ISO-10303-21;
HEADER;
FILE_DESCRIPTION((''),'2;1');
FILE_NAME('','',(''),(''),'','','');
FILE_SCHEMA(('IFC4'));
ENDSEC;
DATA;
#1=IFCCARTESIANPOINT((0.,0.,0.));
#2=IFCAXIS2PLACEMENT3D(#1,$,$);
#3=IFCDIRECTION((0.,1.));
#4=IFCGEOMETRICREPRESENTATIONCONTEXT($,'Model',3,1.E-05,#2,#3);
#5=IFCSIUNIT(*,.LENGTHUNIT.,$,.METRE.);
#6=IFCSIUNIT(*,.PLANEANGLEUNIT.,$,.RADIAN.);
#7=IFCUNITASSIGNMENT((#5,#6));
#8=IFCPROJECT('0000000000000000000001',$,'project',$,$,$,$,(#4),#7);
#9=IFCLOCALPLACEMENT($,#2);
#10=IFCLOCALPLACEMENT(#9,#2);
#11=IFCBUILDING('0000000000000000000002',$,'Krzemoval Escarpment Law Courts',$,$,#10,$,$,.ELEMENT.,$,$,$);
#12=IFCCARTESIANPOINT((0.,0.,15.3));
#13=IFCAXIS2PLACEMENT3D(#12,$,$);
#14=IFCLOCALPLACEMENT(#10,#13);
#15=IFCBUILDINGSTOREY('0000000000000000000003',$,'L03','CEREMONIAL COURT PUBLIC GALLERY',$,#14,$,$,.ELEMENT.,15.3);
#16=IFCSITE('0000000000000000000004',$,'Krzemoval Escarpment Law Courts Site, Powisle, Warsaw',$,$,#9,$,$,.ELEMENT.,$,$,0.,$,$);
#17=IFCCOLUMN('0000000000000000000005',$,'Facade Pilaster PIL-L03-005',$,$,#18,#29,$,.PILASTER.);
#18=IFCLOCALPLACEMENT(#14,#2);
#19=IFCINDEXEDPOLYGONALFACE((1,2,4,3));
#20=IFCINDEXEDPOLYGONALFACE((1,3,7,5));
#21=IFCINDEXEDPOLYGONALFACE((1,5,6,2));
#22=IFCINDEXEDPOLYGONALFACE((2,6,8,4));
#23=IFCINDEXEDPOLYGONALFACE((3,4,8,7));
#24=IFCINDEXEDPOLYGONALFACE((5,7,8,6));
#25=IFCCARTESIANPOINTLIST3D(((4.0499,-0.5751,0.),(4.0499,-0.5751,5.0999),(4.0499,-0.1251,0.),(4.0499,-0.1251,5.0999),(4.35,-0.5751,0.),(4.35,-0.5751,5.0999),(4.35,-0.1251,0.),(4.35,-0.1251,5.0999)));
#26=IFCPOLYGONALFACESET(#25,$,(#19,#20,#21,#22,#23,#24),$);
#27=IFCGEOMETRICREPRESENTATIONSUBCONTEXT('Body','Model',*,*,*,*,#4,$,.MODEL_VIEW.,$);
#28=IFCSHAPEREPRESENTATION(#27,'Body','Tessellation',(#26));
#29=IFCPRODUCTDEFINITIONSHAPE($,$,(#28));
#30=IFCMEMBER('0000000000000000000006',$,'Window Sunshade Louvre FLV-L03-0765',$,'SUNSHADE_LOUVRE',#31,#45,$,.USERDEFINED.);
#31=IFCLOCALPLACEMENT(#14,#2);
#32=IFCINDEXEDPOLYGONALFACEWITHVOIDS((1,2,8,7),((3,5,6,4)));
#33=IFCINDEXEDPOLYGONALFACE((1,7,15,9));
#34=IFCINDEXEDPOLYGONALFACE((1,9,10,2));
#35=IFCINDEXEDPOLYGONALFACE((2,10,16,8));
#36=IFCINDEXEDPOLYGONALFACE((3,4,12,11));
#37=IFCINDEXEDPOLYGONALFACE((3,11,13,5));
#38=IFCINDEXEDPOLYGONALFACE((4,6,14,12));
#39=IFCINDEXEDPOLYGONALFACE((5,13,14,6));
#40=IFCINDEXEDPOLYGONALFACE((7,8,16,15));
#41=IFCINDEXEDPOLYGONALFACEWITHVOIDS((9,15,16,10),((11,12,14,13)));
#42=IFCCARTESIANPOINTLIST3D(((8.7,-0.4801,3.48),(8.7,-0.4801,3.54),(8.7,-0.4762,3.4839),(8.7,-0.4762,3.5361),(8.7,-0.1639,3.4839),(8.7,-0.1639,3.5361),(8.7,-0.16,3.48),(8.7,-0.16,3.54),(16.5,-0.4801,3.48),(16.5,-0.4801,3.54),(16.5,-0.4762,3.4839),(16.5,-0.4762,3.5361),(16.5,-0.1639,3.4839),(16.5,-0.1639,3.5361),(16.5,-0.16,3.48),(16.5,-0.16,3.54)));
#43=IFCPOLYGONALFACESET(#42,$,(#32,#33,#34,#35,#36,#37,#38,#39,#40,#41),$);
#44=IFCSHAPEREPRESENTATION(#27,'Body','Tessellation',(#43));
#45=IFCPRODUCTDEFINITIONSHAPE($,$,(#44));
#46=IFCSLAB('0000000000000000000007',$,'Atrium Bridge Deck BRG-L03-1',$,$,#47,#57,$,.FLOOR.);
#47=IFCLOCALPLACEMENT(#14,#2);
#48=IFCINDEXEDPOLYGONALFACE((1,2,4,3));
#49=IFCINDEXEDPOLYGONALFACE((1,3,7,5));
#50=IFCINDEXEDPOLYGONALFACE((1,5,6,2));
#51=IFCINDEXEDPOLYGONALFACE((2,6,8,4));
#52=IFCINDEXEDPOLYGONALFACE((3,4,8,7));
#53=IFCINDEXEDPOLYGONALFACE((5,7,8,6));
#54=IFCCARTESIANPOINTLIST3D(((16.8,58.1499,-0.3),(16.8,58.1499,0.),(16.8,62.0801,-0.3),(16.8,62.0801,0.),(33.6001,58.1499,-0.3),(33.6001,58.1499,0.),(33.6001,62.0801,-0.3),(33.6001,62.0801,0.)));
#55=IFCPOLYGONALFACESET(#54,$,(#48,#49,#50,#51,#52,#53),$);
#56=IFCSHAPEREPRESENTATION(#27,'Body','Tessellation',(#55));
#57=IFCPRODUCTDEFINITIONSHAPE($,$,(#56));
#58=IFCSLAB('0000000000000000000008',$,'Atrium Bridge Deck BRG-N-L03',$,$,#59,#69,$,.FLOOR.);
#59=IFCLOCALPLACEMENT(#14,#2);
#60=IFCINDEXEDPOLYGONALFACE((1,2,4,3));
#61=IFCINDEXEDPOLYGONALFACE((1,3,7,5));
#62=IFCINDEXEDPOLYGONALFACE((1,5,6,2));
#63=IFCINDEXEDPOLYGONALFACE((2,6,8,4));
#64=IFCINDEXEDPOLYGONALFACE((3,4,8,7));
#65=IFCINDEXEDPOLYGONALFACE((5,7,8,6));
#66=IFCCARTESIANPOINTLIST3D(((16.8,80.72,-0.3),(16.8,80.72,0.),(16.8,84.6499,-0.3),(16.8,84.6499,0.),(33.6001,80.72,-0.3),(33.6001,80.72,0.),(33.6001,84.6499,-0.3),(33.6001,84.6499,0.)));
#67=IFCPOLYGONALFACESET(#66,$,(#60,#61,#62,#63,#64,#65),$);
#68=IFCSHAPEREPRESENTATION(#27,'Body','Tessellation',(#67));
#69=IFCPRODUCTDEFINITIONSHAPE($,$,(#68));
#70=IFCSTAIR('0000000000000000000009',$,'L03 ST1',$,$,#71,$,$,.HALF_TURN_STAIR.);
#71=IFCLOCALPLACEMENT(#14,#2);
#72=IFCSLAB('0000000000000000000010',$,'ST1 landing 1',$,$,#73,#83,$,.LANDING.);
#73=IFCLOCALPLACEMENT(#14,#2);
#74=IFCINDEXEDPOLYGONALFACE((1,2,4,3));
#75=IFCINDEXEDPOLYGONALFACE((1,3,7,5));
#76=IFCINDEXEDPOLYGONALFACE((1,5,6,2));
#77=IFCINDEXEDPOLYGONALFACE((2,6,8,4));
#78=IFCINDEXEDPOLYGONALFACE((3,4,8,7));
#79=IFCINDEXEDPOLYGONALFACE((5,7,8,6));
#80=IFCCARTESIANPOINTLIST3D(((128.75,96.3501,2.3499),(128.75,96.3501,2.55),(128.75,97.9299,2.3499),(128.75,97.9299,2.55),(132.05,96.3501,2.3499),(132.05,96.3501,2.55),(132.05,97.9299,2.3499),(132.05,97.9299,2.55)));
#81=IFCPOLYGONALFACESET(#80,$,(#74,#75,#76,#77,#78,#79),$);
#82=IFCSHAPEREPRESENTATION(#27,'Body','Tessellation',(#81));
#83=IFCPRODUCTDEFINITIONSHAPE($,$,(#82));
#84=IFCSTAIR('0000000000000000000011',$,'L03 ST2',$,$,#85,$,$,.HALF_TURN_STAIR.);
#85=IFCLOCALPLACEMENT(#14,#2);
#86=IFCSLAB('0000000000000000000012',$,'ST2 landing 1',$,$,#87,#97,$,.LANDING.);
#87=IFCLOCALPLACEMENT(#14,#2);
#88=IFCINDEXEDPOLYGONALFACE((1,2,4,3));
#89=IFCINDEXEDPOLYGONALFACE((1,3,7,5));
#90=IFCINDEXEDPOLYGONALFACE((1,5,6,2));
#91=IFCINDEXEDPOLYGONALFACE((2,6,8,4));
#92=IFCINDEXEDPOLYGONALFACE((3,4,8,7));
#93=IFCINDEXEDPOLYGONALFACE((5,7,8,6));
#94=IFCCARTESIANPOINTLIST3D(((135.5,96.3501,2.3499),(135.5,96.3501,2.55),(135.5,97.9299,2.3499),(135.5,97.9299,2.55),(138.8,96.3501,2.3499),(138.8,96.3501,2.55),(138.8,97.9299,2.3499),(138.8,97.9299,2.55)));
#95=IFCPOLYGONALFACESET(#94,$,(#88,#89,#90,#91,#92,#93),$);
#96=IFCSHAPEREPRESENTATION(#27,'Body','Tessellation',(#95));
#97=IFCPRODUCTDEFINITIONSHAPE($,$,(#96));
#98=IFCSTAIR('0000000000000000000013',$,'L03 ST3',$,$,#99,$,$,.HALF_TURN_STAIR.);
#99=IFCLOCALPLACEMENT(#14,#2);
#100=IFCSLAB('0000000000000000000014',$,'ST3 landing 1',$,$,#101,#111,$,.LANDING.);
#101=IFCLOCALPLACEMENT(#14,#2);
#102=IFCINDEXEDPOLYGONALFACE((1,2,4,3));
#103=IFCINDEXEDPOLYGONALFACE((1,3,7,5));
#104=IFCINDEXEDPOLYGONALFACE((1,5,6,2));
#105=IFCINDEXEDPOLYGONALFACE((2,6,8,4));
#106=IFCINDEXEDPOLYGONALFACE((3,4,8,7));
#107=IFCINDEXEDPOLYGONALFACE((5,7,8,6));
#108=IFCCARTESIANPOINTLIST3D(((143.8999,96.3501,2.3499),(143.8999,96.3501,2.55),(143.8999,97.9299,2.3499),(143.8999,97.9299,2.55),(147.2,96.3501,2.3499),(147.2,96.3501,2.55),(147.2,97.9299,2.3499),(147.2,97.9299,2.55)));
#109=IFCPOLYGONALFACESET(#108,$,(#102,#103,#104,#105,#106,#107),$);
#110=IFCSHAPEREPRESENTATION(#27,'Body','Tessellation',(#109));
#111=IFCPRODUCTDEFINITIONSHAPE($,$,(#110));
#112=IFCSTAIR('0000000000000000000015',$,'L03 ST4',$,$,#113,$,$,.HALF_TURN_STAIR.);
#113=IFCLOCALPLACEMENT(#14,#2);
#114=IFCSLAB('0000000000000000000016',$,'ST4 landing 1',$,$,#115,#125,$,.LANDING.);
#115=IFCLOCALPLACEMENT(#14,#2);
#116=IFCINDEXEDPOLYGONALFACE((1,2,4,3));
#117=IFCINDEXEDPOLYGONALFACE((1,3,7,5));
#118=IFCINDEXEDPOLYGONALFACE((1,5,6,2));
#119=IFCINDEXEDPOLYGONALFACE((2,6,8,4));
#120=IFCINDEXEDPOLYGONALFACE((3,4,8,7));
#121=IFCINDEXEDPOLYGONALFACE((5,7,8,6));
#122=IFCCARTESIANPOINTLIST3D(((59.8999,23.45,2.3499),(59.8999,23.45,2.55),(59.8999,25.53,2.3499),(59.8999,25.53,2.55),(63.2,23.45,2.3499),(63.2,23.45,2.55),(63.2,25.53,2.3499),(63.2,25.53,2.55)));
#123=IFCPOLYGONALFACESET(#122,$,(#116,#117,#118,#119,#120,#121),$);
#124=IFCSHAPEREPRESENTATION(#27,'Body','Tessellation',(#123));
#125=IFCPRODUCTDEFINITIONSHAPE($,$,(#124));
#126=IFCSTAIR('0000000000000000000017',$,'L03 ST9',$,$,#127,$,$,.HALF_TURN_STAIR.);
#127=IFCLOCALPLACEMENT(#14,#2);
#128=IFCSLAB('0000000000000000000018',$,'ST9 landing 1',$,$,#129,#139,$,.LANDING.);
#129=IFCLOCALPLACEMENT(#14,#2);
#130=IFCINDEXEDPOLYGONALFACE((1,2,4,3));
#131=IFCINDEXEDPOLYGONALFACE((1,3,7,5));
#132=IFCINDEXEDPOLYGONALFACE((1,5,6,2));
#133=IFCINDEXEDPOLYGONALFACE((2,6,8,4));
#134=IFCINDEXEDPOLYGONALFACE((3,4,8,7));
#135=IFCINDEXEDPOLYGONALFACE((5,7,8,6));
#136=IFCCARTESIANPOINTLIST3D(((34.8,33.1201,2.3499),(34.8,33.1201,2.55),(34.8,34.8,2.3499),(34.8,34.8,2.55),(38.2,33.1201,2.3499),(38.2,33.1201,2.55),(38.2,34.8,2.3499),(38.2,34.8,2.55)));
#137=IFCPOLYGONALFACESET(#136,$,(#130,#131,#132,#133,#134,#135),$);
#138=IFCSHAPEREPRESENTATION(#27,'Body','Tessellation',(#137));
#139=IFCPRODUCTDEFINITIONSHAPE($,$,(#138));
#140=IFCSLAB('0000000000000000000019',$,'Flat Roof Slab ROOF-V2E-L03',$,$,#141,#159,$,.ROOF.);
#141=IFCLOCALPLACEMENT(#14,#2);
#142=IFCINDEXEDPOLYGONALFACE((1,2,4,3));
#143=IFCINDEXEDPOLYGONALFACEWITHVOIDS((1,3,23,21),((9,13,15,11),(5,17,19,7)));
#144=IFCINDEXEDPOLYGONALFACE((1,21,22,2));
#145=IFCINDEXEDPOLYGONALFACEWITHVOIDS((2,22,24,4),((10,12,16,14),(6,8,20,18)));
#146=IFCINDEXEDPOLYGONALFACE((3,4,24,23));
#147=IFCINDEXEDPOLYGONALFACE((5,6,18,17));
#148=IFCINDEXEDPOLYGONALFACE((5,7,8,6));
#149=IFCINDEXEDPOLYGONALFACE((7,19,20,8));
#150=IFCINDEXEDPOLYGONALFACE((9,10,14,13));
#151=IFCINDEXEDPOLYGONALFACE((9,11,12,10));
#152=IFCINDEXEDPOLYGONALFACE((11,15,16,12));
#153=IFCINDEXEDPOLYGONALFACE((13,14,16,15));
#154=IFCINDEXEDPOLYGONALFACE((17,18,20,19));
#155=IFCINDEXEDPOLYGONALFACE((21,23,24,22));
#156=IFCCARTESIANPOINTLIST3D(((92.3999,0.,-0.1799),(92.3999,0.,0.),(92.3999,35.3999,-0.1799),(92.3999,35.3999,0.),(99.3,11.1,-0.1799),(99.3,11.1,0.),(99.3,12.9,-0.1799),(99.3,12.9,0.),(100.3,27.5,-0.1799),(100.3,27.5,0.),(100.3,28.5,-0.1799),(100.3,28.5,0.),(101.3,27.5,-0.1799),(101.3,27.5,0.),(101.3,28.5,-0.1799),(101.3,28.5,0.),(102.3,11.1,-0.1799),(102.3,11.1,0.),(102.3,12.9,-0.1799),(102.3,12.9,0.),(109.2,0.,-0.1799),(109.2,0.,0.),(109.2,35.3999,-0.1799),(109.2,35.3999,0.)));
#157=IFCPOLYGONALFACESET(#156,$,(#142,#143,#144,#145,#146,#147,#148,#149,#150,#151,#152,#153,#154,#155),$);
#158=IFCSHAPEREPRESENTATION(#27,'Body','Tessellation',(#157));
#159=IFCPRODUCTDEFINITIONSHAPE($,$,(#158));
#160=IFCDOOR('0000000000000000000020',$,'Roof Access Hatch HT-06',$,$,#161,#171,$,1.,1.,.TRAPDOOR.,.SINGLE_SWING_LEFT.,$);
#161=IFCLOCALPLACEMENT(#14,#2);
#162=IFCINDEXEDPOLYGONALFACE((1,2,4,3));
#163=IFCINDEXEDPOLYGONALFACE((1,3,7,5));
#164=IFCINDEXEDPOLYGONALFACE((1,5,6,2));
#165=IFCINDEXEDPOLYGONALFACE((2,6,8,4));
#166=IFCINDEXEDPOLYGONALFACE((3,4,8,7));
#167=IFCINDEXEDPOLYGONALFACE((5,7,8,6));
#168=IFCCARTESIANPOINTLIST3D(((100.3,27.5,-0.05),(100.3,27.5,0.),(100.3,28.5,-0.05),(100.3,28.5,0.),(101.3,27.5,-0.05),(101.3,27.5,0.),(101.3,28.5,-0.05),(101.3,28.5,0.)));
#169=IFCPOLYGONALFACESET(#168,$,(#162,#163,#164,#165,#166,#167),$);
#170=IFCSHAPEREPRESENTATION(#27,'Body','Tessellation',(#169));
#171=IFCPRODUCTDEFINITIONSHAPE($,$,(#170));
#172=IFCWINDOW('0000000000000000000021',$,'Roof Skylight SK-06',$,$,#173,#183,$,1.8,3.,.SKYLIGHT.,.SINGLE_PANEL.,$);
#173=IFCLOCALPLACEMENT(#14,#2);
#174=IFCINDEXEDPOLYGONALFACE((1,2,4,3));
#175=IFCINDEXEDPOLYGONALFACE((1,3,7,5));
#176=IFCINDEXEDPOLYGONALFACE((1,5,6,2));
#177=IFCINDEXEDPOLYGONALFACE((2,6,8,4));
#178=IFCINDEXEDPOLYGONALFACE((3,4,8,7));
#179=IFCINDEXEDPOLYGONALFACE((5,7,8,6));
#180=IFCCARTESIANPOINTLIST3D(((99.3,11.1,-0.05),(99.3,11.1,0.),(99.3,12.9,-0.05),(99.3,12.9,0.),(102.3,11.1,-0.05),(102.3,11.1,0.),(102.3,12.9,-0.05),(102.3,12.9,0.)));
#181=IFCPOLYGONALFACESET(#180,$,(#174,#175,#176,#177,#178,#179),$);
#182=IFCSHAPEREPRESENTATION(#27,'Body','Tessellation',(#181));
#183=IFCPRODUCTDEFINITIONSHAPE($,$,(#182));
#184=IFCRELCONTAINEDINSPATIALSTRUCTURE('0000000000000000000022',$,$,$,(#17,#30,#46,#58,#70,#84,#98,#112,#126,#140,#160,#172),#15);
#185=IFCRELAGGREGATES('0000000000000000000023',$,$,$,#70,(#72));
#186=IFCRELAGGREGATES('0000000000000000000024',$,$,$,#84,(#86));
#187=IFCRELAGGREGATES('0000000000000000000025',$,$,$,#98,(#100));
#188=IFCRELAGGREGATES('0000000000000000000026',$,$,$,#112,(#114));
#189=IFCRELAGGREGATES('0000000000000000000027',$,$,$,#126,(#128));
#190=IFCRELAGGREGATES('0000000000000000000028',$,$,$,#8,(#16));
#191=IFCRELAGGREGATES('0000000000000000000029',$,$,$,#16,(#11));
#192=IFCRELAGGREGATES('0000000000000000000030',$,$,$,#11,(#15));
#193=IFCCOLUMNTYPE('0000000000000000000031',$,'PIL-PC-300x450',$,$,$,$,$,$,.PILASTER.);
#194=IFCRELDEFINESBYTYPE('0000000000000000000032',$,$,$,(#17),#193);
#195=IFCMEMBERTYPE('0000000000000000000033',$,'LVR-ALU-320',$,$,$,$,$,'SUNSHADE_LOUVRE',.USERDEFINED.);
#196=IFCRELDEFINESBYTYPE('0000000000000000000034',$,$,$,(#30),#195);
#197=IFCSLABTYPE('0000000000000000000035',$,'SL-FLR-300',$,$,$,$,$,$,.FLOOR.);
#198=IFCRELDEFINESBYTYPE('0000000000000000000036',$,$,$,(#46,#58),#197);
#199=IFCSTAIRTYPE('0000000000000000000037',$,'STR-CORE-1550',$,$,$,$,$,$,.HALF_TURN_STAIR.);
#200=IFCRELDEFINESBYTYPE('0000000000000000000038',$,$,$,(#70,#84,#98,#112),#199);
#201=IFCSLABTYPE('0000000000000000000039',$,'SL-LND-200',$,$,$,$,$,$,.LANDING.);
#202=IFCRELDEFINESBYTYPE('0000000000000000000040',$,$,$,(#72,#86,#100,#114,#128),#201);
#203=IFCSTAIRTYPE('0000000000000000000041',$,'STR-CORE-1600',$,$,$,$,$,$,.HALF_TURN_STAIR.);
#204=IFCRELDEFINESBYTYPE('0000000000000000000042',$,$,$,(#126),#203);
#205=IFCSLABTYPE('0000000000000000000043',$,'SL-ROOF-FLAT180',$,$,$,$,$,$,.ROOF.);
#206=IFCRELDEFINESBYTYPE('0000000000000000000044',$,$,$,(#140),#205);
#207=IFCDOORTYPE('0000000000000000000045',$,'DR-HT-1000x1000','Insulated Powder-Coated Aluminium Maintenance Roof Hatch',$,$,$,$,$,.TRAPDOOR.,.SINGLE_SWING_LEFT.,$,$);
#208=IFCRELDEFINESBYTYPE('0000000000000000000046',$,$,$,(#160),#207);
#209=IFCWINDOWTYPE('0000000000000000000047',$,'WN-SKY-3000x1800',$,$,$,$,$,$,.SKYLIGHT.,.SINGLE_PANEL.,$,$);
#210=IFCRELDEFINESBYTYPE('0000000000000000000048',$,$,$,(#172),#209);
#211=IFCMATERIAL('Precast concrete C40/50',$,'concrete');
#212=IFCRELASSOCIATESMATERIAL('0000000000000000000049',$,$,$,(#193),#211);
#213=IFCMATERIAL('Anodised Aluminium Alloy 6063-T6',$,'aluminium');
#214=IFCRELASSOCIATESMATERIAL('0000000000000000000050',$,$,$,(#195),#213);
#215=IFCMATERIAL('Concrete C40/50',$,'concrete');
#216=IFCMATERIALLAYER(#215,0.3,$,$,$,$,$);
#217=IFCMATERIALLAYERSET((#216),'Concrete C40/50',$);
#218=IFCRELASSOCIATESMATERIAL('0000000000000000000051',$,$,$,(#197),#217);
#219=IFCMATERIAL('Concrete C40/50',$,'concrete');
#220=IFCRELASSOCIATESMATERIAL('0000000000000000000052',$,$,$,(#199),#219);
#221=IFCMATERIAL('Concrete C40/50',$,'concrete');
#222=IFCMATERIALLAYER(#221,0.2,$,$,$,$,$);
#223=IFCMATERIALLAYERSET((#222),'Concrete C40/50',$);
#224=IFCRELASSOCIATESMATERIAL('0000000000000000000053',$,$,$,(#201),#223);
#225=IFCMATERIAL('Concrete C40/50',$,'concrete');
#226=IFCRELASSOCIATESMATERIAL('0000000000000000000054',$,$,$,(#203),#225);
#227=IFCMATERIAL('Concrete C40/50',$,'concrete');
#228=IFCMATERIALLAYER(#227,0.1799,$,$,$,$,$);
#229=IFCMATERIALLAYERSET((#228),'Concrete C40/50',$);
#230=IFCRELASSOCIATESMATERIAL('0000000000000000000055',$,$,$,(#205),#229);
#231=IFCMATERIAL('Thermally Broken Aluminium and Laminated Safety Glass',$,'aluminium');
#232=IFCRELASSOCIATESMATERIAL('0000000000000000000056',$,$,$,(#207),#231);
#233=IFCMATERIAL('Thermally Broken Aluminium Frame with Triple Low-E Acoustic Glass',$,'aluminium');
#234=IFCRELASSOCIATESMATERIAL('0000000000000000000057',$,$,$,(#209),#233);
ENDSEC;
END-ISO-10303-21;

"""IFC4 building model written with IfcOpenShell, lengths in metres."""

from ifc_helpers import new_model, si_unit, direction, frame, origin, origin_2d, place, context, subcontext, project, spatial, polyline, rectangle, hollow_rectangle, outline, extrude, material, layer, layer_set, material_profile, profile_set, type_object, element, fill, aggregate, save


model = new_model("IFC4")

# Units and contexts
model_context = context("Model", 3, precision=1e-05, world=origin(), true_north=direction((0.0, 1.0)))
body_context = subcontext(model_context, "Body", "Model", "MODEL_VIEW")
ifc_project = project(units=[si_unit("LENGTHUNIT", "METRE"), si_unit("PLANEANGLEUNIT", "RADIAN")], contexts=[model_context])

# Site, building, storey
site_placement = place(None, origin())
site = spatial("IfcSite", under=ifc_project, at=site_placement, Name="Krzemoval Escarpment Law Courts Site, Powisle, Warsaw", CompositionType="ELEMENT", RefElevation=0.0)
building_placement = place(site_placement, origin())
building = spatial("IfcBuilding", under=site, at=building_placement, Name="Krzemoval Escarpment Law Courts", CompositionType="ELEMENT")
storey_placement = place(building_placement, frame((0.0, 0.0, 15.3)))
storey = spatial("IfcBuildingStorey", under=building, at=storey_placement, Name="L03", Description="CEREMONIAL COURT PUBLIC GALLERY", CompositionType="ELEMENT", Elevation=15.3)

# Column
ifc_material_1 = material(Name="Precast concrete C40/50", Category="concrete")
ifc_material_profile_1 = material_profile(ifc_material_1, rectangle(XDim=0.3, YDim=0.45, at=origin_2d()), Name="PIL 300x450")
ifc_profile_set_1 = profile_set([ifc_material_profile_1], Name="Precast concrete C40/50")
column_type = type_object("IfcColumnType", Name="PIL-PC-300x450", PredefinedType="PILASTER", material=ifc_profile_set_1)
column_placement = place(storey_placement, frame((4.2, -0.3501, 0.0), z_axis=(0.0, 0.0, 1.0), x_axis=(1.0, 0.0, 0.0)))
element("IfcColumn", 1, at=column_placement, inside=storey, type_object=column_type, Name="Facade Pilaster PIL-L03-005", PredefinedType="PILASTER", context=body_context, shape_type="SweptSolid", body=[
    extrude(rectangle(XDim=0.3, YDim=0.45, at=origin_2d()), origin(), (0.0, 0.0, 1.0), 5.0999),
])

# Member
ifc_material_2 = material(Name="Anodised Aluminium Alloy 6063-T6", Category="aluminium")
ifc_material_profile_2 = material_profile(ifc_material_2, hollow_rectangle(XDim=0.0601, YDim=0.3201, WallThickness=0.0039, at=origin_2d()), Name="ALU LVR 60x320")
ifc_profile_set_2 = profile_set([ifc_material_profile_2], Name="Anodised Aluminium Alloy 6063-T6")
member_type = type_object("IfcMemberType", Name="LVR-ALU-320", ElementType="SUNSHADE_LOUVRE", PredefinedType="USERDEFINED", material=ifc_profile_set_2)
member_placement = place(storey_placement, frame((16.5, -0.3201, 3.51), z_axis=(-1.0, 0.0, 0.0), x_axis=(0.0, 0.0, 1.0)))
element("IfcMember", 2, at=member_placement, inside=storey, type_object=member_type, Name="Window Sunshade Louvre FLV-L03-0765", ObjectType="SUNSHADE_LOUVRE", PredefinedType="USERDEFINED", context=body_context, shape_type="SweptSolid", body=[
    extrude(hollow_rectangle(XDim=0.0601, YDim=0.3201, WallThickness=0.0039, at=origin_2d()), origin(), (0.0, 0.0, 1.0), 7.8),
])

# Slabs
ifc_material_3 = material(Name="Concrete C40/50", Category="concrete")
ifc_layer_1 = layer(ifc_material_3, 0.3)
ifc_layer_set_1 = layer_set([ifc_layer_1], Name="Concrete C40/50")
slab_type_1 = type_object("IfcSlabType", Name="SL-FLR-300", PredefinedType="FLOOR", material=ifc_layer_set_1)
slab_1_placement = place(storey_placement, frame((0.0, 0.0, -0.3)))
element("IfcSlab", 3, at=slab_1_placement, inside=storey, type_object=slab_type_1, Name="Atrium Bridge Deck BRG-L03-1", PredefinedType="FLOOR", context=body_context, shape_type="SweptSolid", body=[
    extrude(outline(polyline([(33.6001, 58.1499), (33.6001, 62.0801), (16.8, 62.0801), (16.8, 58.1499), (33.6001, 58.1499)])), origin(), (0.0, 0.0, 1.0), 0.3),
])
slab_2_placement = place(storey_placement, frame((0.0, 0.0, -0.3)))
element("IfcSlab", 4, at=slab_2_placement, inside=storey, type_object=slab_type_1, Name="Atrium Bridge Deck BRG-N-L03", PredefinedType="FLOOR", context=body_context, shape_type="SweptSolid", body=[
    extrude(outline(polyline([(33.6001, 80.72), (33.6001, 84.6499), (16.8, 84.6499), (16.8, 80.72), (33.6001, 80.72)])), origin(), (0.0, 0.0, 1.0), 0.3),
])

# Stairs, slabs
ifc_material_4 = material(Name="Concrete C40/50", Category="concrete")
stair_type_1 = type_object("IfcStairType", Name="STR-CORE-1550", PredefinedType="HALF_TURN_STAIR", material=ifc_material_4)
stair_1_placement = place(storey_placement, origin())
stair_1 = element("IfcStair", 5, at=stair_1_placement, inside=storey, type_object=stair_type_1, Name="L03 ST1", PredefinedType="HALF_TURN_STAIR")
ifc_material_5 = material(Name="Concrete C40/50", Category="concrete")
ifc_layer_2 = layer(ifc_material_5, 0.2)
ifc_layer_set_2 = layer_set([ifc_layer_2], Name="Concrete C40/50")
slab_type_2 = type_object("IfcSlabType", Name="SL-LND-200", PredefinedType="LANDING", material=ifc_layer_set_2)
slab_3_placement = place(storey_placement, frame((0.0, 0.0, 2.3499)))
slab_3 = element("IfcSlab", 6, at=slab_3_placement, type_object=slab_type_2, Name="ST1 landing 1", PredefinedType="LANDING", context=body_context, shape_type="SweptSolid", body=[
    extrude(outline(polyline([(128.75, 97.9299), (128.75, 96.3501), (132.05, 96.3501), (132.05, 97.9299), (128.75, 97.9299)])), origin(), (0.0, 0.0, 1.0), 0.2002),
])
aggregate(stair_1, [slab_3])
stair_2_placement = place(storey_placement, origin())
stair_2 = element("IfcStair", 7, at=stair_2_placement, inside=storey, type_object=stair_type_1, Name="L03 ST2", PredefinedType="HALF_TURN_STAIR")
slab_4_placement = place(storey_placement, frame((0.0, 0.0, 2.3499)))
slab_4 = element("IfcSlab", 8, at=slab_4_placement, type_object=slab_type_2, Name="ST2 landing 1", PredefinedType="LANDING", context=body_context, shape_type="SweptSolid", body=[
    extrude(outline(polyline([(135.5, 97.9299), (135.5, 96.3501), (138.8, 96.3501), (138.8, 97.9299), (135.5, 97.9299)])), origin(), (0.0, 0.0, 1.0), 0.2002),
])
aggregate(stair_2, [slab_4])
stair_3_placement = place(storey_placement, origin())
stair_3 = element("IfcStair", 9, at=stair_3_placement, inside=storey, type_object=stair_type_1, Name="L03 ST3", PredefinedType="HALF_TURN_STAIR")
slab_5_placement = place(storey_placement, frame((0.0, 0.0, 2.3499)))
slab_5 = element("IfcSlab", 10, at=slab_5_placement, type_object=slab_type_2, Name="ST3 landing 1", PredefinedType="LANDING", context=body_context, shape_type="SweptSolid", body=[
    extrude(outline(polyline([(143.8999, 97.9299), (143.8999, 96.3501), (147.2, 96.3501), (147.2, 97.9299), (143.8999, 97.9299)])), origin(), (0.0, 0.0, 1.0), 0.2002),
])
aggregate(stair_3, [slab_5])
stair_4_placement = place(storey_placement, origin())
stair_4 = element("IfcStair", 11, at=stair_4_placement, inside=storey, type_object=stair_type_1, Name="L03 ST4", PredefinedType="HALF_TURN_STAIR")
slab_6_placement = place(storey_placement, frame((0.0, 0.0, 2.3499)))
slab_6 = element("IfcSlab", 12, at=slab_6_placement, type_object=slab_type_2, Name="ST4 landing 1", PredefinedType="LANDING", context=body_context, shape_type="SweptSolid", body=[
    extrude(outline(polyline([(59.8999, 25.53), (59.8999, 23.45), (63.2, 23.45), (63.2, 25.53), (59.8999, 25.53)])), origin(), (0.0, 0.0, 1.0), 0.2002),
])
aggregate(stair_4, [slab_6])
ifc_material_6 = material(Name="Concrete C40/50", Category="concrete")
stair_type_2 = type_object("IfcStairType", Name="STR-CORE-1600", PredefinedType="HALF_TURN_STAIR", material=ifc_material_6)
stair_5_placement = place(storey_placement, origin())
stair_5 = element("IfcStair", 13, at=stair_5_placement, inside=storey, type_object=stair_type_2, Name="L03 ST9", PredefinedType="HALF_TURN_STAIR")
slab_7_placement = place(storey_placement, frame((0.0, 0.0, 2.3499)))
slab_7 = element("IfcSlab", 14, at=slab_7_placement, type_object=slab_type_2, Name="ST9 landing 1", PredefinedType="LANDING", context=body_context, shape_type="SweptSolid", body=[
    extrude(outline(polyline([(38.2, 33.1201), (38.2, 34.8), (34.8, 34.8), (34.8, 33.1201), (38.2, 33.1201)])), origin(), (0.0, 0.0, 1.0), 0.2002),
])
aggregate(stair_5, [slab_7])

# Slab, openings, door, window
ifc_material_7 = material(Name="Concrete C40/50", Category="concrete")
ifc_layer_3 = layer(ifc_material_7, 0.1799)
ifc_layer_set_3 = layer_set([ifc_layer_3], Name="Concrete C40/50")
slab_type_3 = type_object("IfcSlabType", Name="SL-ROOF-FLAT180", PredefinedType="ROOF", material=ifc_layer_set_3)
slab_8_placement = place(storey_placement, frame((0.0, 0.0, -0.1799)))
slab_8 = element("IfcSlab", 15, at=slab_8_placement, inside=storey, type_object=slab_type_3, Name="Flat Roof Slab ROOF-V2E-L03", PredefinedType="ROOF", context=body_context, shape_type="SweptSolid", body=[
    extrude(outline(polyline([(92.3999, 0.0), (92.3999, 35.3999), (109.2, 35.3999), (109.2, 0.0), (92.3999, 0.0)])), origin(), (0.0, 0.0, 1.0), 0.1799),
])
opening_1_placement = place(slab_8_placement, frame((100.8, 12.0, 0.0)))
opening_1 = element("IfcOpeningElement", 16, at=opening_1_placement, cuts=slab_8, PredefinedType="OPENING", context=body_context, shape_type="SweptSolid", body=[
    extrude(rectangle(XDim=3.0, YDim=1.8, at=origin_2d()), frame((0.0, 0.0, -0.015)), (0.0, 0.0, 1.0), 0.2099),
])
opening_2_placement = place(slab_8_placement, frame((100.8, 28.0, 0.0)))
opening_2 = element("IfcOpeningElement", 17, at=opening_2_placement, cuts=slab_8, PredefinedType="OPENING", context=body_context, shape_type="SweptSolid", body=[
    extrude(rectangle(XDim=1.0, YDim=1.0, at=origin_2d()), frame((0.0, 0.0, -0.015)), (0.0, 0.0, 1.0), 0.2099),
])
ifc_material_8 = material(Name="Thermally Broken Aluminium and Laminated Safety Glass", Category="aluminium")
door_type_1 = type_object("IfcDoorType", Name="DR-HT-1000x1000", Description="Insulated Powder-Coated Aluminium Maintenance Roof Hatch", OperationType="SINGLE_SWING_LEFT", PredefinedType="TRAPDOOR", material=ifc_material_8)
door_1_placement = place(opening_2_placement, frame((0.0, 0.0, 0.1299)))
door_1 = element("IfcDoor", 18, at=door_1_placement, inside=storey, type_object=door_type_1, Name="Roof Access Hatch HT-06", OperationType="SINGLE_SWING_LEFT", OverallHeight=1.0, OverallWidth=1.0, PredefinedType="TRAPDOOR", context=body_context, shape_type="SweptSolid", body=[
    extrude(rectangle(XDim=1.0, YDim=1.0, at=origin_2d()), origin(), (0.0, 0.0, 1.0), 0.05),
])
fill(opening_2, door_1)
ifc_material_9 = material(Name="Thermally Broken Aluminium Frame with Triple Low-E Acoustic Glass", Category="aluminium")
window_type = type_object("IfcWindowType", Name="WN-SKY-3000x1800", PartitioningType="SINGLE_PANEL", PredefinedType="SKYLIGHT", material=ifc_material_9)
window_placement = place(opening_1_placement, frame((0.0, 0.0, 0.1299)))
window = element("IfcWindow", 19, at=window_placement, inside=storey, type_object=window_type, Name="Roof Skylight SK-06", OverallHeight=1.8, OverallWidth=3.0, PartitioningType="SINGLE_PANEL", PredefinedType="SKYLIGHT", context=body_context, shape_type="SweptSolid", body=[
    extrude(rectangle(XDim=3.0, YDim=1.8, at=origin_2d()), origin(), (0.0, 0.0, 1.0), 0.05),
])
fill(opening_1, window)

save(model, "model.ifc")
